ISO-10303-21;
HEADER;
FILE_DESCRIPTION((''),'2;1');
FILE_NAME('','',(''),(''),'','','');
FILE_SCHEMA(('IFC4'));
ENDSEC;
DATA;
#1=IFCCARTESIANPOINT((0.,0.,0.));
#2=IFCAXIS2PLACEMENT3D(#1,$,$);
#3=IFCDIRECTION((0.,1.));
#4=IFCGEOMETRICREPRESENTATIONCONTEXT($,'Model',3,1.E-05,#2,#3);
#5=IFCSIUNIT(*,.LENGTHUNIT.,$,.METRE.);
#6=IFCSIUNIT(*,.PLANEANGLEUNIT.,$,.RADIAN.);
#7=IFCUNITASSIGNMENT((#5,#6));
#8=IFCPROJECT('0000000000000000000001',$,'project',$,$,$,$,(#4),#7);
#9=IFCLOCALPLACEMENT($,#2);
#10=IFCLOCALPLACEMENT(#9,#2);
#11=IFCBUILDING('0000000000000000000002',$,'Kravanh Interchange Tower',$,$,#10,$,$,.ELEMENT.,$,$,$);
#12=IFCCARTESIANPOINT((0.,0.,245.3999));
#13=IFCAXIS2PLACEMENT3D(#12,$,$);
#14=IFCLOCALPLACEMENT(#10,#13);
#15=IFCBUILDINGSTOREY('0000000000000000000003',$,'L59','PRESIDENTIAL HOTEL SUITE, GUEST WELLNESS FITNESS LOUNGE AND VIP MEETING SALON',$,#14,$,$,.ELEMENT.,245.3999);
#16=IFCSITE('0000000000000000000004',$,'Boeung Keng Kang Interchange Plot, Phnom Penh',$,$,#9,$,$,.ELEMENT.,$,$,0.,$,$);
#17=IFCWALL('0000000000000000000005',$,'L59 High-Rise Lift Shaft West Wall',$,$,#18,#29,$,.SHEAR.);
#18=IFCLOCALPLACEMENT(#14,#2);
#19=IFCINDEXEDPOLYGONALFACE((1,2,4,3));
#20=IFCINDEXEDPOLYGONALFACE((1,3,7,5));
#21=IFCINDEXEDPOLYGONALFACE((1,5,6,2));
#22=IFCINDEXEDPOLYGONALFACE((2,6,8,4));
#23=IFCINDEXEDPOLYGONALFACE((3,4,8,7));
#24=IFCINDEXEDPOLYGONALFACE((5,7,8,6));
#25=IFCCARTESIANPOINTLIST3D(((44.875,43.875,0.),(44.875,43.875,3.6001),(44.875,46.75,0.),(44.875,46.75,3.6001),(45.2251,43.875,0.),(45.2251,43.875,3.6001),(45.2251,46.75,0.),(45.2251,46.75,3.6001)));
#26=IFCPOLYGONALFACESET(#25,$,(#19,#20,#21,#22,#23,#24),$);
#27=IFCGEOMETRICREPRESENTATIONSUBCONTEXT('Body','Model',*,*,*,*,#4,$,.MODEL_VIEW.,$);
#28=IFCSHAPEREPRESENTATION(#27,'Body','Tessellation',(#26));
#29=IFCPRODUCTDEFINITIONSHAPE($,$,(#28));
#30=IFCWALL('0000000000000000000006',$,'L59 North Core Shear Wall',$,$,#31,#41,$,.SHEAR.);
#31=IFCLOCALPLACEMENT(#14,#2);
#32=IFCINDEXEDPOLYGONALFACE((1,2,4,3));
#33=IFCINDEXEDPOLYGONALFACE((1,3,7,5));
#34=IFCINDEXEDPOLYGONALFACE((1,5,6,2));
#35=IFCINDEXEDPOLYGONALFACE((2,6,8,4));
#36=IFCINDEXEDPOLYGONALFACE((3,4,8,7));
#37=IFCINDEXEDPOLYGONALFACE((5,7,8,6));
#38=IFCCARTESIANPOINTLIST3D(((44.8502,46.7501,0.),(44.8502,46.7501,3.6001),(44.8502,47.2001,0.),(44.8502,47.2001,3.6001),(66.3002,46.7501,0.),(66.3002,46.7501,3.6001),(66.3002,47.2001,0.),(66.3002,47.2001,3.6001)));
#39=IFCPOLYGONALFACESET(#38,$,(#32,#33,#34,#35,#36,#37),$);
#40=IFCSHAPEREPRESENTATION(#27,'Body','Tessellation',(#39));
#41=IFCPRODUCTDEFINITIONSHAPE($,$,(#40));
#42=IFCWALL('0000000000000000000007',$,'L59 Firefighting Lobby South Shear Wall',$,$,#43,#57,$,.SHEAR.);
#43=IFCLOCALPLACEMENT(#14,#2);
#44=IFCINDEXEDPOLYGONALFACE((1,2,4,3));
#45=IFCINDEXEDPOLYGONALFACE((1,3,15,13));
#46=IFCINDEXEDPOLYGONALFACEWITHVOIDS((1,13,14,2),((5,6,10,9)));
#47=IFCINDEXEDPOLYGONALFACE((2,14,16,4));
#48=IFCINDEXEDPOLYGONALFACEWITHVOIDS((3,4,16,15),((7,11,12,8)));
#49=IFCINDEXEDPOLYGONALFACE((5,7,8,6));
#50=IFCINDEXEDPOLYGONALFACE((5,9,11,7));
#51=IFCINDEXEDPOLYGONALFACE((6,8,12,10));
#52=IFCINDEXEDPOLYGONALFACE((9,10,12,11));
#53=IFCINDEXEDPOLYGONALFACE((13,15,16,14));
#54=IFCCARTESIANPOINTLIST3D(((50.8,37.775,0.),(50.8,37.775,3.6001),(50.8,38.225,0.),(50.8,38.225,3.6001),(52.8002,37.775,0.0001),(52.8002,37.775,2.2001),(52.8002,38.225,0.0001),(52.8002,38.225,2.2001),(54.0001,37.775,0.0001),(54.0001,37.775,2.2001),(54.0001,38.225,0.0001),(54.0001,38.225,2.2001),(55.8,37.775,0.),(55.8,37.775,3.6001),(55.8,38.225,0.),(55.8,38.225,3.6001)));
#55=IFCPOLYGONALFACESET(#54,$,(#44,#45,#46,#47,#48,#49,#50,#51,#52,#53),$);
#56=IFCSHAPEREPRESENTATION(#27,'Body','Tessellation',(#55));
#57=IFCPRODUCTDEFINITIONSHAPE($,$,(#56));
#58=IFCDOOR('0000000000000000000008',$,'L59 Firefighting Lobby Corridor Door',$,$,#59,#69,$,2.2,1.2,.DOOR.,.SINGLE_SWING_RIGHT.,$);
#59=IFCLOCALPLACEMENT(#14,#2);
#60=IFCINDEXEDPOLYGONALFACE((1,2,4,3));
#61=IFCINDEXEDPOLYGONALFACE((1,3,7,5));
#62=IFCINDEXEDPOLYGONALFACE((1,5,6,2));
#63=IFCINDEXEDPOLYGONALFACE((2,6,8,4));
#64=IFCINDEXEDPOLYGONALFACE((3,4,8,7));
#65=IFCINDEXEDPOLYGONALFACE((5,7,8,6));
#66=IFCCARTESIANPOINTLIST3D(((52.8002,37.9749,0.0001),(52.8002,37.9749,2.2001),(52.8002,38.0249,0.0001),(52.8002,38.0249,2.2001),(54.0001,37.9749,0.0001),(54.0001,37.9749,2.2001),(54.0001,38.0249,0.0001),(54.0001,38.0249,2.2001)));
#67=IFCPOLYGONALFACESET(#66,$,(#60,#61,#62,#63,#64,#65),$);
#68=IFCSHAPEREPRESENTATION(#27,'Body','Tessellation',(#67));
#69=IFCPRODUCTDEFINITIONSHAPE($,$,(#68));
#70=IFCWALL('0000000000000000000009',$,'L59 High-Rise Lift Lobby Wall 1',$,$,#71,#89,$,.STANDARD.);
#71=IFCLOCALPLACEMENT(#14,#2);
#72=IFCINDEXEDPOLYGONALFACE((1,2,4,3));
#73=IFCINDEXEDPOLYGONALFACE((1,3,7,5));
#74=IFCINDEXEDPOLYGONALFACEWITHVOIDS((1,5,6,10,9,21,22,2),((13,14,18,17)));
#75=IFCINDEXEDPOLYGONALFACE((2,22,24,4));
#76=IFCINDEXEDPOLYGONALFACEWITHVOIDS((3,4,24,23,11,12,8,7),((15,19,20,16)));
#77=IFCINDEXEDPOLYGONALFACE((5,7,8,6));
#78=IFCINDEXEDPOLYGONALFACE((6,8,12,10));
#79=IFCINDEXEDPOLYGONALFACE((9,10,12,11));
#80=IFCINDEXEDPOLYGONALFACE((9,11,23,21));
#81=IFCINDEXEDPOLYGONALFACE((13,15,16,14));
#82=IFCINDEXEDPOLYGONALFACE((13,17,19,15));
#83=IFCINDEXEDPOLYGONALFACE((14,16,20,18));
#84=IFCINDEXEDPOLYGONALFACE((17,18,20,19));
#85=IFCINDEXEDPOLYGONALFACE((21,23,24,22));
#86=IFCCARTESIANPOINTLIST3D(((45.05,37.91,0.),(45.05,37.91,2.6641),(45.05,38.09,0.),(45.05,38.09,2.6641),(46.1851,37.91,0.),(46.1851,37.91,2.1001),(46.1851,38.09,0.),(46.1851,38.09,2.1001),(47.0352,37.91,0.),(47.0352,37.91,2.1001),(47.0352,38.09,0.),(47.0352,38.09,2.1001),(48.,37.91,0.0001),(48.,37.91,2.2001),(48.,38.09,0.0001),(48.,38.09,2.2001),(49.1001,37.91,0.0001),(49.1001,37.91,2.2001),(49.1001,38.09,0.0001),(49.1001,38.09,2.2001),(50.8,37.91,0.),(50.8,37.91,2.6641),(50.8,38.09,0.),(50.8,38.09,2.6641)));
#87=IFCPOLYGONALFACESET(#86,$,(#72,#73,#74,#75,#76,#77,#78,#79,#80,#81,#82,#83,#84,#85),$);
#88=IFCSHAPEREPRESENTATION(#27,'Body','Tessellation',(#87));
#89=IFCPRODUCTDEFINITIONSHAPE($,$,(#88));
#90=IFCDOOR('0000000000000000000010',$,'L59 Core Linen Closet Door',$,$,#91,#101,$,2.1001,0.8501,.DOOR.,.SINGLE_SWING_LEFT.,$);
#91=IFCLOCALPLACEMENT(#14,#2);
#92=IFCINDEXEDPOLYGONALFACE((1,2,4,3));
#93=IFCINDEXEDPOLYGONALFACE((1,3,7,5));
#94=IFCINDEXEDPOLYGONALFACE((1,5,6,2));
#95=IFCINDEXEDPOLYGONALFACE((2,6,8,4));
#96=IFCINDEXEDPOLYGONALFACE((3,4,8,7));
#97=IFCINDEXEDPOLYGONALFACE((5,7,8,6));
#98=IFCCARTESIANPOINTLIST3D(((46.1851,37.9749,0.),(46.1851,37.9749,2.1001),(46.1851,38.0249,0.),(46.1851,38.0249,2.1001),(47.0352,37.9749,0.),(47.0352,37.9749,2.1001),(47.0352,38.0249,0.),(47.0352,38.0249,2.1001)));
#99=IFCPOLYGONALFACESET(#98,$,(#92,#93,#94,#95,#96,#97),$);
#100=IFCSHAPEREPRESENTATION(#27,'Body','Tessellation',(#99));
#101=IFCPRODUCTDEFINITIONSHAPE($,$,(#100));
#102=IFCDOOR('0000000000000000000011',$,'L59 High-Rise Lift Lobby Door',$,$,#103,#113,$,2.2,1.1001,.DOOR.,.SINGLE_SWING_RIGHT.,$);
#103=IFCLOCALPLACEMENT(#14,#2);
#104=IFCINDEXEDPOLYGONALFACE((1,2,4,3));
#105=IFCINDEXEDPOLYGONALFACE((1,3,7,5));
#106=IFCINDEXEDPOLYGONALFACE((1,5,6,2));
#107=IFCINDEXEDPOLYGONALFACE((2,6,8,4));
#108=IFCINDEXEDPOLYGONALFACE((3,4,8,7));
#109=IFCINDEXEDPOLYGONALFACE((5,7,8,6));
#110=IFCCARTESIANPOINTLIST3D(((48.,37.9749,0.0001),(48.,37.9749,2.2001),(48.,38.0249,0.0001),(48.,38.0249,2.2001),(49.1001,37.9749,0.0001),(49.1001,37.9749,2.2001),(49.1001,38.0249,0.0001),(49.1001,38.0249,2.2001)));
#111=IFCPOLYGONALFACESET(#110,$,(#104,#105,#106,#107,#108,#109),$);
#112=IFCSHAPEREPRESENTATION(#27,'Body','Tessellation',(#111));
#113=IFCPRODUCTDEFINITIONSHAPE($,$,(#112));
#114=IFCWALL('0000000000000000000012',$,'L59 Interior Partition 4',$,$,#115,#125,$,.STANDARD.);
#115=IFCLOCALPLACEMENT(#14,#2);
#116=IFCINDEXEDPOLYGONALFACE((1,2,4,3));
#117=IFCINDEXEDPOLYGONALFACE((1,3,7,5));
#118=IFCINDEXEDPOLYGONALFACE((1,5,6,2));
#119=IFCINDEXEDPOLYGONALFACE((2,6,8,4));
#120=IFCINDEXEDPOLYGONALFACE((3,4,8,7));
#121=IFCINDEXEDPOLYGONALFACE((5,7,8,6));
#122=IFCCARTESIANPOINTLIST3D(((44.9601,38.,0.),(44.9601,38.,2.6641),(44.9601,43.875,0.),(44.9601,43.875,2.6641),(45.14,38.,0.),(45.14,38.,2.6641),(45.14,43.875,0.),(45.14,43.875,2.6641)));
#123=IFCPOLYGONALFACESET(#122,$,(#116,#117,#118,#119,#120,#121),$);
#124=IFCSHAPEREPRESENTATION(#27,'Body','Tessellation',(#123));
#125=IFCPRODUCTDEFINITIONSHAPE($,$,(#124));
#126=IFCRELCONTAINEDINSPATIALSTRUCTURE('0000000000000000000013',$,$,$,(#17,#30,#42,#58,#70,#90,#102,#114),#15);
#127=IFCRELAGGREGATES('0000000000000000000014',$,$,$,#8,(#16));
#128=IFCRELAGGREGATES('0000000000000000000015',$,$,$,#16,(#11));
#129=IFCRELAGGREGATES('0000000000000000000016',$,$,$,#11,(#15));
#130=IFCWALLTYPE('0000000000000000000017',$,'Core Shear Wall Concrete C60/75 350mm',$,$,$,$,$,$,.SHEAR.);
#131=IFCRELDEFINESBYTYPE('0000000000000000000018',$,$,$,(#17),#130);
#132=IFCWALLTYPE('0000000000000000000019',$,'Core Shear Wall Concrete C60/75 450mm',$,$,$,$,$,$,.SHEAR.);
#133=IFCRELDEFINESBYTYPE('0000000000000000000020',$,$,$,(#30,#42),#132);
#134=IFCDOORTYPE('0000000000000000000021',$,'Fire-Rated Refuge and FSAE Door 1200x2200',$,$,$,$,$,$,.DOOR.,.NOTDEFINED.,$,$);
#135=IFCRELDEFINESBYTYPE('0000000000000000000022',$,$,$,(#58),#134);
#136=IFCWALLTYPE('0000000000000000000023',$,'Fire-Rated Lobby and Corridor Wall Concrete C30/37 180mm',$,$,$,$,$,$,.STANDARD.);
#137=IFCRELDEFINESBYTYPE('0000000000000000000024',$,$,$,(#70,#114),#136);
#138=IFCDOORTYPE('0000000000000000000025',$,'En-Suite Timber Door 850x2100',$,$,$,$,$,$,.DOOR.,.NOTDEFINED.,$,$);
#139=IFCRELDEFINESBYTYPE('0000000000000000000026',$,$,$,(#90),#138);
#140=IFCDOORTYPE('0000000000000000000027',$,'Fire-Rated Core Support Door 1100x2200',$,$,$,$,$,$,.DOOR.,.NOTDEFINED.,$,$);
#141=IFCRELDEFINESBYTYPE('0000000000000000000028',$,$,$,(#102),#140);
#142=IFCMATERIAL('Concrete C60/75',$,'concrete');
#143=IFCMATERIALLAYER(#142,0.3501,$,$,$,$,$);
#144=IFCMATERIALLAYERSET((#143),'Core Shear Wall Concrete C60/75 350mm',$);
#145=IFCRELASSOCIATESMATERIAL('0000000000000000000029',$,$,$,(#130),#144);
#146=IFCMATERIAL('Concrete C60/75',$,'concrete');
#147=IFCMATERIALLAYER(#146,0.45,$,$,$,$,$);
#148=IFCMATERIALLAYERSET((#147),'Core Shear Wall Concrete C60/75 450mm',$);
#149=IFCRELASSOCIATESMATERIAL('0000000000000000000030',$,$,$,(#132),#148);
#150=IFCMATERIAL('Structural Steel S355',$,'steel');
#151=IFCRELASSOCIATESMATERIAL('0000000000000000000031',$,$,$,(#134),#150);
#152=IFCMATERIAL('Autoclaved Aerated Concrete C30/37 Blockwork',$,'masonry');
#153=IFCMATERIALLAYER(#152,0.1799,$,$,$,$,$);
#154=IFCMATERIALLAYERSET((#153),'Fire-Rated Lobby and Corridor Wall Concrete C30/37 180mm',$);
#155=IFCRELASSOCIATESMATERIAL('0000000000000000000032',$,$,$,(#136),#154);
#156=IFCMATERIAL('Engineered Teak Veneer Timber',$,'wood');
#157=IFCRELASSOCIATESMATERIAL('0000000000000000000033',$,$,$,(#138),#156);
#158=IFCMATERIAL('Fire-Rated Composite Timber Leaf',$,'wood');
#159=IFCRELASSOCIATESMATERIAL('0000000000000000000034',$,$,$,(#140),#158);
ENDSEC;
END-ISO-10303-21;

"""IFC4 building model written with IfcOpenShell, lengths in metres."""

from ifc_helpers import new_model, si_unit, direction, frame, frame_2d, origin, place, context, subcontext, project, spatial, rectangle, extrude, material, layer, layer_set, type_object, element, fill, save


model = new_model("IFC4")

# Units and contexts
model_context = context("Model", 3, precision=1e-05, world=origin(), true_north=direction((0.0, 1.0)))
body_context = subcontext(model_context, "Body", "Model", "MODEL_VIEW")
ifc_project = project(units=[si_unit("LENGTHUNIT", "METRE"), si_unit("PLANEANGLEUNIT", "RADIAN")], contexts=[model_context])

# Site, building, storey
site_placement = place(None, origin())
site = spatial("IfcSite", under=ifc_project, at=site_placement, Name="Boeung Keng Kang Interchange Plot, Phnom Penh", CompositionType="ELEMENT", RefElevation=0.0)
building_placement = place(site_placement, origin())
building = spatial("IfcBuilding", under=site, at=building_placement, Name="Kravanh Interchange Tower", CompositionType="ELEMENT")
storey_placement = place(building_placement, frame((0.0, 0.0, 245.3999)))
storey = spatial("IfcBuildingStorey", under=building, at=storey_placement, Name="L59", Description="PRESIDENTIAL HOTEL SUITE, GUEST WELLNESS FITNESS LOUNGE AND VIP MEETING SALON", CompositionType="ELEMENT", Elevation=245.3999)

# Shared definitions
ifc_material_1 = material(Name="Concrete C60/75", Category="concrete")
ifc_layer_1 = layer(ifc_material_1, 0.3501)
ifc_layer_set_1 = layer_set([ifc_layer_1], Name="Core Shear Wall Concrete C60/75 350mm")
wall_type_1 = type_object("IfcWallType", Name="Core Shear Wall Concrete C60/75 350mm", PredefinedType="SHEAR", material=ifc_layer_set_1)

# Walls
wall_1_placement = place(storey_placement, frame((45.05, 43.875, 0.0), z_axis=(0.0, 0.0, 1.0), x_axis=(0.0, 1.0, 0.0)))
element("IfcWall", 1, at=wall_1_placement, inside=storey, type_object=wall_type_1, Name="L59 High-Rise Lift Shaft West Wall", PredefinedType="SHEAR", context=body_context, shape_type="SweptSolid", body=[
    extrude(rectangle(XDim=2.875, YDim=0.3501, at=frame_2d((1.4375, 0.0))), origin(), (0.0, 0.0, 1.0), 3.6001),
])
ifc_material_2 = material(Name="Concrete C60/75", Category="concrete")
ifc_layer_2 = layer(ifc_material_2, 0.45)
ifc_layer_set_2 = layer_set([ifc_layer_2], Name="Core Shear Wall Concrete C60/75 450mm")
wall_type_2 = type_object("IfcWallType", Name="Core Shear Wall Concrete C60/75 450mm", PredefinedType="SHEAR", material=ifc_layer_set_2)
wall_2_placement = place(storey_placement, frame((44.8501, 46.9751, 0.0), z_axis=(0.0, 0.0, 1.0), x_axis=(1.0, 0.0, 0.0)))
element("IfcWall", 2, at=wall_2_placement, inside=storey, type_object=wall_type_2, Name="L59 North Core Shear Wall", PredefinedType="SHEAR", context=body_context, shape_type="SweptSolid", body=[
    extrude(rectangle(XDim=21.45, YDim=0.45, at=frame_2d((10.7251, 0.0))), origin(), (0.0, 0.0, 1.0), 3.6001),
])

# Wall, opening, door
wall_3_placement = place(storey_placement, frame((50.8, 38.0, 0.0), z_axis=(0.0, 0.0, 1.0), x_axis=(1.0, 0.0, 0.0)))
wall_3 = element("IfcWall", 3, at=wall_3_placement, inside=storey, type_object=wall_type_2, Name="L59 Firefighting Lobby South Shear Wall", PredefinedType="SHEAR", context=body_context, shape_type="SweptSolid", body=[
    extrude(rectangle(XDim=5.0, YDim=0.45, at=frame_2d((2.5, 0.0))), origin(), (0.0, 0.0, 1.0), 3.6001),
])
opening_1_placement = place(wall_3_placement, frame((2.0, 0.0, 0.0)))
opening_1 = element("IfcOpeningElement", 4, at=opening_1_placement, cuts=wall_3, PredefinedType="OPENING", context=body_context, shape_type="SweptSolid", body=[
    extrude(rectangle(XDim=1.2, YDim=2.2, at=frame_2d((0.6001, 1.1001))), frame((0.0, 0.2349, 0.0), z_axis=(0.0, -1.0, 0.0), x_axis=(1.0, 0.0, 0.0)), (0.0, 0.0, 1.0), 0.47),
])
ifc_material_3 = material(Name="Structural Steel S355", Category="steel")
door_type_1 = type_object("IfcDoorType", Name="Fire-Rated Refuge and FSAE Door 1200x2200", OperationType="NOTDEFINED", PredefinedType="DOOR", material=ifc_material_3)
door_1_placement = place(opening_1_placement, origin())
door_1 = element("IfcDoor", 5, at=door_1_placement, inside=storey, type_object=door_type_1, Name="L59 Firefighting Lobby Corridor Door", OperationType="SINGLE_SWING_RIGHT", OverallHeight=2.2, OverallWidth=1.2, PredefinedType="DOOR", context=body_context, shape_type="SweptSolid", body=[
    extrude(rectangle(XDim=1.2, YDim=2.2, at=frame_2d((0.6001, 1.1001))), frame((0.0, 0.0249, 0.0), z_axis=(0.0, -1.0, 0.0), x_axis=(1.0, 0.0, 0.0)), (0.0, 0.0, 1.0), 0.05),
])
fill(opening_1, door_1)

# Wall, openings, doors
ifc_material_4 = material(Name="Autoclaved Aerated Concrete C30/37 Blockwork", Category="masonry")
ifc_layer_3 = layer(ifc_material_4, 0.1799)
ifc_layer_set_3 = layer_set([ifc_layer_3], Name="Fire-Rated Lobby and Corridor Wall Concrete C30/37 180mm")
wall_type_3 = type_object("IfcWallType", Name="Fire-Rated Lobby and Corridor Wall Concrete C30/37 180mm", PredefinedType="STANDARD", material=ifc_layer_set_3)
wall_4_placement = place(storey_placement, frame((45.05, 38.0, 0.0), z_axis=(0.0, 0.0, 1.0), x_axis=(1.0, 0.0, 0.0)))
wall_4 = element("IfcWall", 6, at=wall_4_placement, inside=storey, type_object=wall_type_3, Name="L59 High-Rise Lift Lobby Wall 1", PredefinedType="STANDARD", context=body_context, shape_type="SweptSolid", body=[
    extrude(rectangle(XDim=5.75, YDim=0.1799, at=frame_2d((2.875, 0.0))), origin(), (0.0, 0.0, 1.0), 2.6641),
])
opening_2_placement = place(wall_4_placement, frame((1.135, 0.0, 0.0)))
opening_2 = element("IfcOpeningElement", 7, at=opening_2_placement, cuts=wall_4, PredefinedType="OPENING", context=body_context, shape_type="SweptSolid", body=[
    extrude(rectangle(XDim=0.8501, YDim=2.1001, at=frame_2d((0.425, 1.05))), frame((0.0, 0.1001, 0.0), z_axis=(0.0, -1.0, 0.0), x_axis=(1.0, 0.0, 0.0)), (0.0, 0.0, 1.0), 0.2),
])
opening_3_placement = place(wall_4_placement, frame((2.95, 0.0, 0.0)))
opening_3 = element("IfcOpeningElement", 8, at=opening_3_placement, cuts=wall_4, PredefinedType="OPENING", context=body_context, shape_type="SweptSolid", body=[
    extrude(rectangle(XDim=1.1001, YDim=2.2, at=frame_2d((0.55, 1.1001))), frame((0.0, 0.1001, 0.0), z_axis=(0.0, -1.0, 0.0), x_axis=(1.0, 0.0, 0.0)), (0.0, 0.0, 1.0), 0.2),
])
ifc_material_5 = material(Name="Engineered Teak Veneer Timber", Category="wood")
door_type_2 = type_object("IfcDoorType", Name="En-Suite Timber Door 850x2100", OperationType="NOTDEFINED", PredefinedType="DOOR", material=ifc_material_5)
door_2_placement = place(opening_2_placement, origin())
door_2 = element("IfcDoor", 9, at=door_2_placement, inside=storey, type_object=door_type_2, Name="L59 Core Linen Closet Door", OperationType="SINGLE_SWING_LEFT", OverallHeight=2.1001, OverallWidth=0.8501, PredefinedType="DOOR", context=body_context, shape_type="SweptSolid", body=[
    extrude(rectangle(XDim=0.8501, YDim=2.1001, at=frame_2d((0.425, 1.05))), frame((0.0, 0.0249, 0.0), z_axis=(0.0, -1.0, 0.0), x_axis=(1.0, 0.0, 0.0)), (0.0, 0.0, 1.0), 0.05),
])
fill(opening_2, door_2)
ifc_material_6 = material(Name="Fire-Rated Composite Timber Leaf", Category="wood")
door_type_3 = type_object("IfcDoorType", Name="Fire-Rated Core Support Door 1100x2200", OperationType="NOTDEFINED", PredefinedType="DOOR", material=ifc_material_6)
door_3_placement = place(opening_3_placement, origin())
door_3 = element("IfcDoor", 10, at=door_3_placement, inside=storey, type_object=door_type_3, Name="L59 High-Rise Lift Lobby Door", OperationType="SINGLE_SWING_RIGHT", OverallHeight=2.2, OverallWidth=1.1001, PredefinedType="DOOR", context=body_context, shape_type="SweptSolid", body=[
    extrude(rectangle(XDim=1.1001, YDim=2.2, at=frame_2d((0.55, 1.1001))), frame((0.0, 0.0249, 0.0), z_axis=(0.0, -1.0, 0.0), x_axis=(1.0, 0.0, 0.0)), (0.0, 0.0, 1.0), 0.05),
])
fill(opening_3, door_3)

# Wall
wall_5_placement = place(storey_placement, frame((45.05, 38.0, 0.0), z_axis=(0.0, 0.0, 1.0), x_axis=(0.0, 1.0, 0.0)))
element("IfcWall", 11, at=wall_5_placement, inside=storey, type_object=wall_type_3, Name="L59 Interior Partition 4", PredefinedType="STANDARD", context=body_context, shape_type="SweptSolid", body=[
    extrude(rectangle(XDim=5.875, YDim=0.1799, at=frame_2d((2.9375, 0.0))), origin(), (0.0, 0.0, 1.0), 2.6641),
])

save(model, "model.ifc")
